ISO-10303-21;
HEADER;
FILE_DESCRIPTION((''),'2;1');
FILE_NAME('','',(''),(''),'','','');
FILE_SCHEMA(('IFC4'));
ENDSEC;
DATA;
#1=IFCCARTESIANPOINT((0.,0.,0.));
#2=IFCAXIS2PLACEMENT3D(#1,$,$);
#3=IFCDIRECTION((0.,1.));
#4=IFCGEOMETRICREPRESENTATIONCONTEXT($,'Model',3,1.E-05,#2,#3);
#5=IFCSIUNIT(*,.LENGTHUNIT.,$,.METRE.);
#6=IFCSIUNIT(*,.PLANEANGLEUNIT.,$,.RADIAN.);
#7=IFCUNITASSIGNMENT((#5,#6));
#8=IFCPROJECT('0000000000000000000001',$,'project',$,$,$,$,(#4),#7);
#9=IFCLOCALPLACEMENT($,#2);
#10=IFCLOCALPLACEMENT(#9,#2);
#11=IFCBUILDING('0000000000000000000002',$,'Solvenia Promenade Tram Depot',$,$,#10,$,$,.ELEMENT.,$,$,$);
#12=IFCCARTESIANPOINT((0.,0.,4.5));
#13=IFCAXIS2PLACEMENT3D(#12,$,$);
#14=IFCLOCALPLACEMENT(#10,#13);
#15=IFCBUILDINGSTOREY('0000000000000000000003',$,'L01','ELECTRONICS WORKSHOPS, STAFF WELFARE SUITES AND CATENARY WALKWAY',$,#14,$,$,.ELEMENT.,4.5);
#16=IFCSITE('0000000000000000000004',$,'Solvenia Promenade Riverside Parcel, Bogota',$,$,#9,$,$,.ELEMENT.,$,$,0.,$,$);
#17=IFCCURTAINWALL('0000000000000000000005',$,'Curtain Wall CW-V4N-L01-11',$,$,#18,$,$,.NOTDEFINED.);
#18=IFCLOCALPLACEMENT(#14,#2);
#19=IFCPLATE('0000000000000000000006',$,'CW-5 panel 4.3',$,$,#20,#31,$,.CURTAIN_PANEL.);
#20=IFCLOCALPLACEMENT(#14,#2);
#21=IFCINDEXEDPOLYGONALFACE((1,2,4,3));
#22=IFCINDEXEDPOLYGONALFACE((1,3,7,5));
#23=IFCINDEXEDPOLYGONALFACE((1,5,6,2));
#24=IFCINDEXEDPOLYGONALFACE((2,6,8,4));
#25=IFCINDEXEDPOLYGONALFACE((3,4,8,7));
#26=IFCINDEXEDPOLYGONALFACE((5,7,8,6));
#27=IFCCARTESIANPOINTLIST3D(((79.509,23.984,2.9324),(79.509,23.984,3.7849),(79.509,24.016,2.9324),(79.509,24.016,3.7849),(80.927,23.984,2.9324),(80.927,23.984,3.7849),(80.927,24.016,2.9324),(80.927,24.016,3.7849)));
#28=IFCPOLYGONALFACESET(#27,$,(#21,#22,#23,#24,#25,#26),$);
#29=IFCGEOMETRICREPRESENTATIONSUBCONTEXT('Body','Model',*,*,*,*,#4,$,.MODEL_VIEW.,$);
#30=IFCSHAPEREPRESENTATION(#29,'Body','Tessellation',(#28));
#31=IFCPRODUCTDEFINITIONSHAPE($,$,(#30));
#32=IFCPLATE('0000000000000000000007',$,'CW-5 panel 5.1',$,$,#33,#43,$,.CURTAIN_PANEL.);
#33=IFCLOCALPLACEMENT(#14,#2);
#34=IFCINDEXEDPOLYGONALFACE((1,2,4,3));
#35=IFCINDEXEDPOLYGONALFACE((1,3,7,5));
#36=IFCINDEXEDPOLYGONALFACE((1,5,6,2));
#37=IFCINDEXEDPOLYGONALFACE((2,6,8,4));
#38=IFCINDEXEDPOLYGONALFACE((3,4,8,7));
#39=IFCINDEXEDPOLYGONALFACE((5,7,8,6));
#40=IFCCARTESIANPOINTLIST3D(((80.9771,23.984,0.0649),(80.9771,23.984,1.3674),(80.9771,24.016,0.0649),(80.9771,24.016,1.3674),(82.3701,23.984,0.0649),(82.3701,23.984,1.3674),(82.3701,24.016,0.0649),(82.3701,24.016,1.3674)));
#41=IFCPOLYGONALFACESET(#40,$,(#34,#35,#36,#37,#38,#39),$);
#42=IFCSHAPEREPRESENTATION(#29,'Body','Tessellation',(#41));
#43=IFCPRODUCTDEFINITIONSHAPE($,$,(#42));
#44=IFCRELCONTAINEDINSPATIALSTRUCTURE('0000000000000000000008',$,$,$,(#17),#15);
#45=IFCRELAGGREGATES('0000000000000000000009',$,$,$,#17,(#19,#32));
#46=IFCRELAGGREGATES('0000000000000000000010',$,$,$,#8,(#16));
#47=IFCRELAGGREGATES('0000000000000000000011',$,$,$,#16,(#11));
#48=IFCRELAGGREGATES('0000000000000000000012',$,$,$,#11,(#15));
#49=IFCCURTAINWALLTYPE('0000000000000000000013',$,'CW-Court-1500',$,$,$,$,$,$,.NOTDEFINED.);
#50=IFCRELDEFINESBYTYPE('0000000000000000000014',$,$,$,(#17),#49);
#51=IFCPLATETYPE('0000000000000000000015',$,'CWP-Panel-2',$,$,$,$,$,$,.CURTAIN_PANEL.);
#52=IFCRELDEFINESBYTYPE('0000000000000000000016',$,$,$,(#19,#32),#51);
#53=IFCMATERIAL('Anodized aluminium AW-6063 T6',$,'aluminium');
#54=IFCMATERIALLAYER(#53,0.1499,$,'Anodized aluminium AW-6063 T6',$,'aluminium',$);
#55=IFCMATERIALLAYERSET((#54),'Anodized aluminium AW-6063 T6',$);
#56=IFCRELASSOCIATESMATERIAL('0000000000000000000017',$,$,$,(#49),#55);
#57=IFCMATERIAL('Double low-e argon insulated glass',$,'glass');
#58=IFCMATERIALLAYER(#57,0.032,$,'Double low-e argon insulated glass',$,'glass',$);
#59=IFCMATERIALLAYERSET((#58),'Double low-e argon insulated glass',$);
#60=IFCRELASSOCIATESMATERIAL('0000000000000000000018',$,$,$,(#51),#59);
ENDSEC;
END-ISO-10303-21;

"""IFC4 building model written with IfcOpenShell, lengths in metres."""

from ifc_helpers import new_model, si_unit, direction, frame, origin, origin_2d, place, context, subcontext, project, spatial, rectangle, extrude, material, layer, layer_set, type_object, element, aggregate, save


model = new_model("IFC4")

# Units and contexts
model_context = context("Model", 3, precision=1e-05, world=origin(), true_north=direction((0.0, 1.0)))
body_context = subcontext(model_context, "Body", "Model", "MODEL_VIEW")
ifc_project = project(units=[si_unit("LENGTHUNIT", "METRE"), si_unit("PLANEANGLEUNIT", "RADIAN")], contexts=[model_context])

# Site, building, storey
site_placement = place(None, origin())
site = spatial("IfcSite", under=ifc_project, at=site_placement, Name="Solvenia Promenade Riverside Parcel, Bogota", CompositionType="ELEMENT", RefElevation=0.0)
building_placement = place(site_placement, origin())
building = spatial("IfcBuilding", under=site, at=building_placement, Name="Solvenia Promenade Tram Depot", CompositionType="ELEMENT")
storey_placement = place(building_placement, frame((0.0, 0.0, 4.5)))
storey = spatial("IfcBuildingStorey", under=building, at=storey_placement, Name="L01", Description="ELECTRONICS WORKSHOPS, STAFF WELFARE SUITES AND CATENARY WALKWAY", CompositionType="ELEMENT", Elevation=4.5)

# Curtain wall, plates
ifc_material_1 = material(Name="Anodized aluminium AW-6063 T6", Category="aluminium")
ifc_layer_1 = layer(ifc_material_1, 0.1499, Name="Anodized aluminium AW-6063 T6", Category="aluminium")
ifc_layer_set_1 = layer_set([ifc_layer_1], Name="Anodized aluminium AW-6063 T6")
curtain_wall_type = type_object("IfcCurtainWallType", Name="CW-Court-1500", PredefinedType="NOTDEFINED", material=ifc_layer_set_1)
curtain_wall_placement = place(storey_placement, origin())
curtain_wall = element("IfcCurtainWall", 1, at=curtain_wall_placement, inside=storey, type_object=curtain_wall_type, Name="Curtain Wall CW-V4N-L01-11", PredefinedType="NOTDEFINED")
ifc_material_2 = material(Name="Double low-e argon insulated glass", Category="glass")
ifc_layer_2 = layer(ifc_material_2, 0.032, Name="Double low-e argon insulated glass", Category="glass")
ifc_layer_set_2 = layer_set([ifc_layer_2], Name="Double low-e argon insulated glass")
plate_type = type_object("IfcPlateType", Name="CWP-Panel-2", PredefinedType="CURTAIN_PANEL", material=ifc_layer_set_2)
plate_1_placement = place(storey_placement, frame((80.218, 24.0, 2.9324), z_axis=(0.0, 0.0, 1.0), x_axis=(1.0, 0.0, 0.0)))
plate_1 = element("IfcPlate", 2, at=plate_1_placement, type_object=plate_type, Name="CW-5 panel 4.3", PredefinedType="CURTAIN_PANEL", context=body_context, shape_type="SweptSolid", body=[
    extrude(rectangle(XDim=1.418, YDim=0.032, at=origin_2d()), origin(), (0.0, 0.0, 1.0), 0.8525),
])
plate_2_placement = place(storey_placement, frame((81.6736, 24.0, 0.0649), z_axis=(0.0, 0.0, 1.0), x_axis=(1.0, 0.0, 0.0)))
plate_2 = element("IfcPlate", 3, at=plate_2_placement, type_object=plate_type, Name="CW-5 panel 5.1", PredefinedType="CURTAIN_PANEL", context=body_context, shape_type="SweptSolid", body=[
    extrude(rectangle(XDim=1.3931, YDim=0.032, at=origin_2d()), origin(), (0.0, 0.0, 1.0), 1.3025),
])
aggregate(curtain_wall, [plate_1, plate_2])

save(model, "model.ifc")
